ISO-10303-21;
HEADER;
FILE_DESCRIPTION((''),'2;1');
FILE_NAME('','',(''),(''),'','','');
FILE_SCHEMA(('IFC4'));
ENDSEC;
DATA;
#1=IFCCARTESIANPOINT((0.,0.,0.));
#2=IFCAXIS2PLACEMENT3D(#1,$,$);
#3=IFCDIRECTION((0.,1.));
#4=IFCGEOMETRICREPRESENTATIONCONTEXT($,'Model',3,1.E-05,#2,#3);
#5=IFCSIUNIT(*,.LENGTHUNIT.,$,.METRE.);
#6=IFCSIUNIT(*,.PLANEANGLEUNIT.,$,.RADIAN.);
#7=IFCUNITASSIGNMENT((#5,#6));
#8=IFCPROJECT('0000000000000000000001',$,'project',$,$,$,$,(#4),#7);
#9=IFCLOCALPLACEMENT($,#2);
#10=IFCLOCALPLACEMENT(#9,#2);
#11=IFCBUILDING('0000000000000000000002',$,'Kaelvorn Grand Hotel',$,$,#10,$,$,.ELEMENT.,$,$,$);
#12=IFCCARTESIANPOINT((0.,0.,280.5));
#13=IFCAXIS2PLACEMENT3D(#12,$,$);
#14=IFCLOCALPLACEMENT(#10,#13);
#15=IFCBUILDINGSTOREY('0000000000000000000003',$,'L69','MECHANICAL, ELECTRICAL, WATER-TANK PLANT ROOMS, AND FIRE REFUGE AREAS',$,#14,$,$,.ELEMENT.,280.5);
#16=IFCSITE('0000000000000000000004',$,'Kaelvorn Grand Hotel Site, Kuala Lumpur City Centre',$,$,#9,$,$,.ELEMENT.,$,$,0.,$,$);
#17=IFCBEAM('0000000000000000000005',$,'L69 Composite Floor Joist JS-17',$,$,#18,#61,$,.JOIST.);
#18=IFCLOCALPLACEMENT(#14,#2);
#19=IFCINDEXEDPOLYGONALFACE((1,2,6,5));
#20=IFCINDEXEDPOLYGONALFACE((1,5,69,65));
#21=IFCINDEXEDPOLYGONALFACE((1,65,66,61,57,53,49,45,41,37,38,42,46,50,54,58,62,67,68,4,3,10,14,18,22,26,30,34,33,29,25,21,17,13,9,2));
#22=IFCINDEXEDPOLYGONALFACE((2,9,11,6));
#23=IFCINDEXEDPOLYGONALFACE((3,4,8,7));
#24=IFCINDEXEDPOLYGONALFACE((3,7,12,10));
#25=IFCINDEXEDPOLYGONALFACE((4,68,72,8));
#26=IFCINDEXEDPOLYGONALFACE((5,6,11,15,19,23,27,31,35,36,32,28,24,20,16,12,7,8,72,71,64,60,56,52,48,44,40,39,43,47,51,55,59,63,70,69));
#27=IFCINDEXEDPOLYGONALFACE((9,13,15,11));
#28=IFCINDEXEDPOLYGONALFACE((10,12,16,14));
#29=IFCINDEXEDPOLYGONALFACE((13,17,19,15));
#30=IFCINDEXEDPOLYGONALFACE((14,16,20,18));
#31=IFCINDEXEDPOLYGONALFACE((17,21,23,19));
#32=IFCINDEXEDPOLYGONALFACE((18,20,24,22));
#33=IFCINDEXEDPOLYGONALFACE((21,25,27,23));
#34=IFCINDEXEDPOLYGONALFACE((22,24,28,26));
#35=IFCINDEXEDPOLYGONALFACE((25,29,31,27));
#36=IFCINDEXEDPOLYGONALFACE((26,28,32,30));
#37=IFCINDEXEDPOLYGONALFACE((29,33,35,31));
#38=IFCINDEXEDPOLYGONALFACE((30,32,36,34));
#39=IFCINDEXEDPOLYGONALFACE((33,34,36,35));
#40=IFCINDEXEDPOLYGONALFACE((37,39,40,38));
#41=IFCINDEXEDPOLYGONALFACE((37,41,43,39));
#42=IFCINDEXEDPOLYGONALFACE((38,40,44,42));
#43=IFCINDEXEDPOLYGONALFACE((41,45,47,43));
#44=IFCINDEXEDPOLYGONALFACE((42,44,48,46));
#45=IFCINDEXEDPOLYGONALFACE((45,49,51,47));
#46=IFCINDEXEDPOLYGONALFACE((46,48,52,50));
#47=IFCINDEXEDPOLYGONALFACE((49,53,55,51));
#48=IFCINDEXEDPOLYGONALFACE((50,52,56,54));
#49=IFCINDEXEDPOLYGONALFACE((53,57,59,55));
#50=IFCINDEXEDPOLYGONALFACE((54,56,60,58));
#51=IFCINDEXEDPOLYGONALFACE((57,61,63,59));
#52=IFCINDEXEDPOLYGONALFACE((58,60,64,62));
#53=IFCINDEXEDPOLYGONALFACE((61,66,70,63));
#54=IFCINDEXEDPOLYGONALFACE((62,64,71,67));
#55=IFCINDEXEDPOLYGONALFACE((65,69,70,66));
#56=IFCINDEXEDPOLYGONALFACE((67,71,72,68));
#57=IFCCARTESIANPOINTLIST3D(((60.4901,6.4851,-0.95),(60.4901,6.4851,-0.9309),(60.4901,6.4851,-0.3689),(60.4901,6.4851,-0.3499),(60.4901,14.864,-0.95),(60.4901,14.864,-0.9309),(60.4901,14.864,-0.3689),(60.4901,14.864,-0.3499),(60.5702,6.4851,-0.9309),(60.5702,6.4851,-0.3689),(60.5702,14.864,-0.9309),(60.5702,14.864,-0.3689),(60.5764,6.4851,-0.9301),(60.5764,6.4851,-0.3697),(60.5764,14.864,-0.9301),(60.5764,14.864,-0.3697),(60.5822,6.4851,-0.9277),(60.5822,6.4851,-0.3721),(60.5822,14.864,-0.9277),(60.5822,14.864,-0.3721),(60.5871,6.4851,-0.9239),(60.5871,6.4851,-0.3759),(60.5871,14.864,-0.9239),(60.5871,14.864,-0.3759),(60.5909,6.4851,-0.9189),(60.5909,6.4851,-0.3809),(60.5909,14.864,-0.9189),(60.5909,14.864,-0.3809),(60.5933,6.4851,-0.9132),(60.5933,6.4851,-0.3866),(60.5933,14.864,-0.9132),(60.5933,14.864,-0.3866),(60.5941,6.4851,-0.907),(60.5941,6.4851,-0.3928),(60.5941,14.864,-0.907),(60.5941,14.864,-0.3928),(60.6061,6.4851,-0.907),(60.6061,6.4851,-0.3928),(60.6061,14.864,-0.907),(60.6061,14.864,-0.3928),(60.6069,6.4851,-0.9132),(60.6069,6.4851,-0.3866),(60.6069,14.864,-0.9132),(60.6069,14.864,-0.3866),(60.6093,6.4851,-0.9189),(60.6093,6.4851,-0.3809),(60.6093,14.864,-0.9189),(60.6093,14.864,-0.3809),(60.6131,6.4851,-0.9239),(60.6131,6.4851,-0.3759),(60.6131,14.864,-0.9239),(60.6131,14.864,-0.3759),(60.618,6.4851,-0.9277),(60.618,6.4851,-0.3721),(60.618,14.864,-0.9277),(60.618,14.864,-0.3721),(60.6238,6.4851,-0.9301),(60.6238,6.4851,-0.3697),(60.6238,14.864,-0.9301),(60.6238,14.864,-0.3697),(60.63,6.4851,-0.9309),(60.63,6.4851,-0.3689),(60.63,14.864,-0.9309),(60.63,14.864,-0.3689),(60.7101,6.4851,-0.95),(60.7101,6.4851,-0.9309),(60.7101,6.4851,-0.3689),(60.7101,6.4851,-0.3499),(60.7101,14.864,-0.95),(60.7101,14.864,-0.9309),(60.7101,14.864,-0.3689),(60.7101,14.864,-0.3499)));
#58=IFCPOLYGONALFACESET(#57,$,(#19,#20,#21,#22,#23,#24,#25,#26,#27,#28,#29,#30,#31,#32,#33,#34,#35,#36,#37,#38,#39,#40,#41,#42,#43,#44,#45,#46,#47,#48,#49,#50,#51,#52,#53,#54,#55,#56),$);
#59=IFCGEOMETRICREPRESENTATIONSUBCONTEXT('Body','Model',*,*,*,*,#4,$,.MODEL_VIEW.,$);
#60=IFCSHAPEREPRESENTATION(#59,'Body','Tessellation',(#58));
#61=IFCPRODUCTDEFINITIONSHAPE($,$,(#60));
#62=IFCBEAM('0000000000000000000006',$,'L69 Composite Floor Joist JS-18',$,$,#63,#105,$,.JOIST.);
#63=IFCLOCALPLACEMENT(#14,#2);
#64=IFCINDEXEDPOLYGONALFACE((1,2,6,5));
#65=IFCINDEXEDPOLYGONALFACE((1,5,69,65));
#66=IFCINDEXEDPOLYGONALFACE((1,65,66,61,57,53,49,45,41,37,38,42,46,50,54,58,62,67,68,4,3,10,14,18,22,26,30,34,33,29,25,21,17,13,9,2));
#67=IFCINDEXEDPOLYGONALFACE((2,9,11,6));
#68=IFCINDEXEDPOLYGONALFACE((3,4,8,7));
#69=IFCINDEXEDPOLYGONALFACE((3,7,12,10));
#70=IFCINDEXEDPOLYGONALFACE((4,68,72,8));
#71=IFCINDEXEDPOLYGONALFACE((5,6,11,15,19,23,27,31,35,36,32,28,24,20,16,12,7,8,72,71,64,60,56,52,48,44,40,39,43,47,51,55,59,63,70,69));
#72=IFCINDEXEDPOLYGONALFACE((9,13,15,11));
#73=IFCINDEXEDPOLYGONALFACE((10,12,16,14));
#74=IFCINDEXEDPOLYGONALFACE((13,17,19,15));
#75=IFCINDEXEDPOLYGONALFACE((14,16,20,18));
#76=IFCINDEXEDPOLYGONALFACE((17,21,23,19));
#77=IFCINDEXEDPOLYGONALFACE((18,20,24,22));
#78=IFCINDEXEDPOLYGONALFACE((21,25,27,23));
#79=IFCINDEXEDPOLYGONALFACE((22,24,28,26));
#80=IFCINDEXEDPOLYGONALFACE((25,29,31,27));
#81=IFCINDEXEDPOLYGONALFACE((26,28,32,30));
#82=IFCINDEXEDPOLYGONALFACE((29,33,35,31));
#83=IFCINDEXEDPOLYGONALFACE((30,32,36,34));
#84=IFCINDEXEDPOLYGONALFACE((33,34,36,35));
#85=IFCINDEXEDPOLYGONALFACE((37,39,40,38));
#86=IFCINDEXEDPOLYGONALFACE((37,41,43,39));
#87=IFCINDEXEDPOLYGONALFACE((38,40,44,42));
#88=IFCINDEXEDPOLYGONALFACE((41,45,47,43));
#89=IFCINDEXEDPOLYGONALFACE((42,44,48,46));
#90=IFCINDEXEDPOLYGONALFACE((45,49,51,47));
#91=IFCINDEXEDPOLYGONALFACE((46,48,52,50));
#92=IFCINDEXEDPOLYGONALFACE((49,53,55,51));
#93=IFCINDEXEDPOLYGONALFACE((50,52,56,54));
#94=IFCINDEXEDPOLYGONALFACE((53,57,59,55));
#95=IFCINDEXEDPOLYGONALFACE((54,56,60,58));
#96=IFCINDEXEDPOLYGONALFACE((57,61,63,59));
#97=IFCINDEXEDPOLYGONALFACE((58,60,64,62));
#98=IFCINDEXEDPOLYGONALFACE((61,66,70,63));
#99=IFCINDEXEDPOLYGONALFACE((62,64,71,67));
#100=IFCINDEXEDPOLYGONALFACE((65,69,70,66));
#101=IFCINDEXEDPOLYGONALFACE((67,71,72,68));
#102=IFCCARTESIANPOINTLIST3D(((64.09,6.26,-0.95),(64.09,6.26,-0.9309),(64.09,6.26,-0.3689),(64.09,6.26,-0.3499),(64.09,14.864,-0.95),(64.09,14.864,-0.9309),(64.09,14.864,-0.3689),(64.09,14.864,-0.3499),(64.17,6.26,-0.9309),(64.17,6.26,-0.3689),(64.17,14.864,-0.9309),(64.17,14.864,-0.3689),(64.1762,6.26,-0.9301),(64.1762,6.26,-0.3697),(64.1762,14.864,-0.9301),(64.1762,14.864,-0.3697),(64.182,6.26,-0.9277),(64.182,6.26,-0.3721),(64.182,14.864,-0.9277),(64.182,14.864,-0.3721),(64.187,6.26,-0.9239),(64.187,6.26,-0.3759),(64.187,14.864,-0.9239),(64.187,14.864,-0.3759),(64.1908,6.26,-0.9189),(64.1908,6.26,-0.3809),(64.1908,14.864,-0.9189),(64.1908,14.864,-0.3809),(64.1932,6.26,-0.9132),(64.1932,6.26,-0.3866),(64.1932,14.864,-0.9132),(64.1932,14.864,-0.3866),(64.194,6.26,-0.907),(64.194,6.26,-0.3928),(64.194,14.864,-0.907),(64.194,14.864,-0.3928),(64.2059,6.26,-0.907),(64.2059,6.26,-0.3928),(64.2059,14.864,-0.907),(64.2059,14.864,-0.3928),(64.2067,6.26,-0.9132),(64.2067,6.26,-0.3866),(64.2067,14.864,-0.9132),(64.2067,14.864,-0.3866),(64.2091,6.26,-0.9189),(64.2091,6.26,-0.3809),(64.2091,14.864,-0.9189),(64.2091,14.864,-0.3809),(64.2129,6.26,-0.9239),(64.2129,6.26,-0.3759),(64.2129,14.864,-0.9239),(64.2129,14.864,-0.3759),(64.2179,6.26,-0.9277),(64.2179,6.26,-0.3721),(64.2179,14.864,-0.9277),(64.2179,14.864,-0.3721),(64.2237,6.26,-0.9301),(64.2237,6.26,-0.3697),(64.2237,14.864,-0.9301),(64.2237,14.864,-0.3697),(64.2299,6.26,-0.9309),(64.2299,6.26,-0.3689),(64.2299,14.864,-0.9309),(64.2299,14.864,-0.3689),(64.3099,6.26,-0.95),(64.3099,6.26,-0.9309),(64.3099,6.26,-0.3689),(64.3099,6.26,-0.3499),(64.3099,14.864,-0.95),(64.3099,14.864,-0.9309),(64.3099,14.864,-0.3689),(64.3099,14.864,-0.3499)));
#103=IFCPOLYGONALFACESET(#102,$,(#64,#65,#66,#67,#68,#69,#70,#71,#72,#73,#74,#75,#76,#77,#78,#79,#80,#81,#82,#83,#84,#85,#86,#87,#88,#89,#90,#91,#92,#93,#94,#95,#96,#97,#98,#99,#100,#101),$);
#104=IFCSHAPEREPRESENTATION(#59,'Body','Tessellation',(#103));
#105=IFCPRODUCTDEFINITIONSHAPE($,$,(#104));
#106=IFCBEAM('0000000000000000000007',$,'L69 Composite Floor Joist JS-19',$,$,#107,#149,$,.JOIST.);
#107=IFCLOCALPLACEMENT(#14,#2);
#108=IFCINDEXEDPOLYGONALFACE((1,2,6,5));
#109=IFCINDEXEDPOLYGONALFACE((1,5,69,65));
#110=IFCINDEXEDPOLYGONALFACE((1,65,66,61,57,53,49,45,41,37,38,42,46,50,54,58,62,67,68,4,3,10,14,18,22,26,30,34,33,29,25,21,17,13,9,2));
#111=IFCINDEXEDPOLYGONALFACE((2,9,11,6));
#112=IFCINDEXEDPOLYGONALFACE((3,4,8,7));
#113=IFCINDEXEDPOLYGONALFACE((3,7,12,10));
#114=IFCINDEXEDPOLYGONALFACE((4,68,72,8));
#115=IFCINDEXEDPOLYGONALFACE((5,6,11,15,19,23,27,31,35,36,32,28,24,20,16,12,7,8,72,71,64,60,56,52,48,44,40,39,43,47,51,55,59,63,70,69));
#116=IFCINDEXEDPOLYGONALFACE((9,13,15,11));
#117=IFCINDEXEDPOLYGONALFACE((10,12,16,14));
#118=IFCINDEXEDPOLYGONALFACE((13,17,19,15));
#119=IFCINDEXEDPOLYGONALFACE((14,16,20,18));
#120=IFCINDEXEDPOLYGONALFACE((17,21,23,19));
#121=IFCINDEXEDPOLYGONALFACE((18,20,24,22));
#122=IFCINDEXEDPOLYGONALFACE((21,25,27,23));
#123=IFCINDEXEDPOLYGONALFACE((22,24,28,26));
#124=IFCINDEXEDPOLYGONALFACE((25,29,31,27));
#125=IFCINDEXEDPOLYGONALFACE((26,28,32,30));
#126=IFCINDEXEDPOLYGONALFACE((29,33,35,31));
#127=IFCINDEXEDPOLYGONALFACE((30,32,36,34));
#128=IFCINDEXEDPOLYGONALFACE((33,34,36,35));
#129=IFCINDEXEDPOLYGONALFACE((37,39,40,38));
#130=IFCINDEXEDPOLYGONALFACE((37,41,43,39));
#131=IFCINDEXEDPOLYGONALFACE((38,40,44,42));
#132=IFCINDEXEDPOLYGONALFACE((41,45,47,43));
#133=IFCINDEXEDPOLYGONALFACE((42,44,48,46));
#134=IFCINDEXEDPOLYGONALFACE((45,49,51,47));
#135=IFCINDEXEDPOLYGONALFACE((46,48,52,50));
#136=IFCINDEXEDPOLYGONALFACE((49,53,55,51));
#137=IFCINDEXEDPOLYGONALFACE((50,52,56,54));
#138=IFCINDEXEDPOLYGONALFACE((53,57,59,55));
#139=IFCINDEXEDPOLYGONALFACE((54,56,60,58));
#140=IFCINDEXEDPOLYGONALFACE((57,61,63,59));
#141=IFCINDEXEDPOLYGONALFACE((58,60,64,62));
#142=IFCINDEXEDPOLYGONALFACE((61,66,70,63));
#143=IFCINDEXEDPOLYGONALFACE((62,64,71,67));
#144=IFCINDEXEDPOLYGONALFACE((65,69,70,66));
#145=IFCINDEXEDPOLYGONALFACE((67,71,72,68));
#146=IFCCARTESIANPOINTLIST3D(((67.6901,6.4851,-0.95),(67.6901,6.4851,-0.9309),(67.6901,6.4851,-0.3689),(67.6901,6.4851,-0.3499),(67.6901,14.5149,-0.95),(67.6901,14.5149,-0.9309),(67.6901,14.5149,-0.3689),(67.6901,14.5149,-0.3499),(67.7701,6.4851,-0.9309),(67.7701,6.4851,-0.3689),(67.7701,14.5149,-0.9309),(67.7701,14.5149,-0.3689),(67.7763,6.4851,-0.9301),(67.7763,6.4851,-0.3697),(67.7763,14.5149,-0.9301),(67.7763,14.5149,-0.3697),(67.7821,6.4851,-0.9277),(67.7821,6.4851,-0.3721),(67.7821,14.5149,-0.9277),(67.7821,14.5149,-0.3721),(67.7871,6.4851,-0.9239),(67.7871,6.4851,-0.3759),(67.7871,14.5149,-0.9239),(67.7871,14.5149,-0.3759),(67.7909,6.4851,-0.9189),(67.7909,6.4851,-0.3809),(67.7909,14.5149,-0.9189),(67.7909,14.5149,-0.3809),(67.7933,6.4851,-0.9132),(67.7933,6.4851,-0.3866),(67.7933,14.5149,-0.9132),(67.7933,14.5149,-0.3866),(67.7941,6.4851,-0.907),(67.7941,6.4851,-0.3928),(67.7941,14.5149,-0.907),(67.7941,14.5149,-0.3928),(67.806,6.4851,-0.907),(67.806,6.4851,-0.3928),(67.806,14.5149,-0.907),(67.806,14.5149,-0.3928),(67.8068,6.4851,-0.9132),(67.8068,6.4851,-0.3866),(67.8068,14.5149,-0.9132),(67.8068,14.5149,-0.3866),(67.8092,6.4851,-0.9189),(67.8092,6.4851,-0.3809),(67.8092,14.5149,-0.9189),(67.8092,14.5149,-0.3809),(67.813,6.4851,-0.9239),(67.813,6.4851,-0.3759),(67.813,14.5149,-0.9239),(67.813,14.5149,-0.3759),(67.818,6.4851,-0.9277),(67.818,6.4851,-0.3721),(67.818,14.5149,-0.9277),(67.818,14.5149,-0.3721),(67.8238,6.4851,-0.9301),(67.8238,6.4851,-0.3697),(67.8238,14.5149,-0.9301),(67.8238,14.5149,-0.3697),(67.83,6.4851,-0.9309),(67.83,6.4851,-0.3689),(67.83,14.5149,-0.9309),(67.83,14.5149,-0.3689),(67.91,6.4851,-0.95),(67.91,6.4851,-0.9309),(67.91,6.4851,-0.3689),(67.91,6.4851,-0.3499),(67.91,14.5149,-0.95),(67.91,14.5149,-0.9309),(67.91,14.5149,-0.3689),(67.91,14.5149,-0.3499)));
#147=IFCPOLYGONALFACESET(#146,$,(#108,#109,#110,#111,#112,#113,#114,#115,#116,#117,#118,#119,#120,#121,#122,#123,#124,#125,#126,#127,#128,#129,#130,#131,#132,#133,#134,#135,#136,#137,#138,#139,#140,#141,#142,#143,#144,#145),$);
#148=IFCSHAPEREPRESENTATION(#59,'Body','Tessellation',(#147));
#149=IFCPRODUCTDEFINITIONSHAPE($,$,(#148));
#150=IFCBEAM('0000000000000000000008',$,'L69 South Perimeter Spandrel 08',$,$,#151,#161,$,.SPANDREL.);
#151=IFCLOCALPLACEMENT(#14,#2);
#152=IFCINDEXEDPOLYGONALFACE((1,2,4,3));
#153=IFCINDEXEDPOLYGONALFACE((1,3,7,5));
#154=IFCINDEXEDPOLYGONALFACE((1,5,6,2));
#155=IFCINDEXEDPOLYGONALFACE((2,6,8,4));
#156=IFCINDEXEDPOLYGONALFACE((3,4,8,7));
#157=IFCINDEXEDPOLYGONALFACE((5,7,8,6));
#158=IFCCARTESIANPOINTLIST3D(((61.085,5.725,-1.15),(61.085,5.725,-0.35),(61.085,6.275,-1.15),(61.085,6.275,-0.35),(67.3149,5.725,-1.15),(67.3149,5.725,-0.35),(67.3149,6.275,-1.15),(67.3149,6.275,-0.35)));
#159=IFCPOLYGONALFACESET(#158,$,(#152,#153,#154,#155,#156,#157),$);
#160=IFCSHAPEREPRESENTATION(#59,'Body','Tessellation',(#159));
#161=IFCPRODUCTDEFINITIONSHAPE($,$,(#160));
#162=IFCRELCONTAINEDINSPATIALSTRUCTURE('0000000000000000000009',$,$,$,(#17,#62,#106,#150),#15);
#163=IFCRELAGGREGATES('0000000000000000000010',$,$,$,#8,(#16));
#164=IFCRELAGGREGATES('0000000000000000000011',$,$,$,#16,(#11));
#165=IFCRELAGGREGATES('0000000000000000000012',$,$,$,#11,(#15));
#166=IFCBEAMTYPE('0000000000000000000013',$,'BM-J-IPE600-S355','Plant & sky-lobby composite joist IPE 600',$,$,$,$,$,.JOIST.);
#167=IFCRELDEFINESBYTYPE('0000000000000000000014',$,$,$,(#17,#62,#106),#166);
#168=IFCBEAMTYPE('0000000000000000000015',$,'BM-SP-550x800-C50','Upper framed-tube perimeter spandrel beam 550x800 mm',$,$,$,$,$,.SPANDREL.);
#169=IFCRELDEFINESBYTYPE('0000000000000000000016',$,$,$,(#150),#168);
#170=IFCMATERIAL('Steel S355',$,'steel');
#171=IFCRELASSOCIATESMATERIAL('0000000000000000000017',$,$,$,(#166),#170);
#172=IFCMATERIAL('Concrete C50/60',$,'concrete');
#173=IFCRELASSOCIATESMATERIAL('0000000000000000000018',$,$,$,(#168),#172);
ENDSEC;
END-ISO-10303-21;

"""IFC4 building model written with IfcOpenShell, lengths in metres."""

from ifc_helpers import new_model, si_unit, direction, frame, origin, origin_2d, place, context, subcontext, project, spatial, rectangle, i_section, extrude, material, material_profile, profile_set, type_object, element, save


model = new_model("IFC4")

# Units and contexts
model_context = context("Model", 3, precision=1e-05, world=origin(), true_north=direction((0.0, 1.0)))
body_context = subcontext(model_context, "Body", "Model", "MODEL_VIEW")
ifc_project = project(units=[si_unit("LENGTHUNIT", "METRE"), si_unit("PLANEANGLEUNIT", "RADIAN")], contexts=[model_context])

# Site, building, storey
site_placement = place(None, origin())
site = spatial("IfcSite", under=ifc_project, at=site_placement, Name="Kaelvorn Grand Hotel Site, Kuala Lumpur City Centre", CompositionType="ELEMENT", RefElevation=0.0)
building_placement = place(site_placement, origin())
building = spatial("IfcBuilding", under=site, at=building_placement, Name="Kaelvorn Grand Hotel", CompositionType="ELEMENT")
storey_placement = place(building_placement, frame((0.0, 0.0, 280.5)))
storey = spatial("IfcBuildingStorey", under=building, at=storey_placement, Name="L69", Description="MECHANICAL, ELECTRICAL, WATER-TANK PLANT ROOMS, AND FIRE REFUGE AREAS", CompositionType="ELEMENT", Elevation=280.5)

# Shared definitions
ifc_material_1 = material(Name="Concrete C50/60", Category="concrete")

# Beams
ifc_material_2 = material(Name="Steel S355", Category="steel")
ifc_material_profile_1 = material_profile(ifc_material_2, i_section(OverallWidth=0.22, OverallDepth=0.6001, WebThickness=0.012, FlangeThickness=0.019, FilletRadius=0.0239, at=origin_2d()), Name="IPE 600")
ifc_profile_set_1 = profile_set([ifc_material_profile_1], Name="Steel S355")
beam_type_1 = type_object("IfcBeamType", Name="BM-J-IPE600-S355", Description="Plant & sky-lobby composite joist IPE 600", PredefinedType="JOIST", material=ifc_profile_set_1)
beam_1_placement = place(storey_placement, frame((60.6001, 6.4851, -0.6499), z_axis=(0.0, 1.0, 0.0), x_axis=(-1.0, 0.0, 0.0)))
element("IfcBeam", 1, at=beam_1_placement, inside=storey, type_object=beam_type_1, Name="L69 Composite Floor Joist JS-17", PredefinedType="JOIST", context=body_context, shape_type="SweptSolid", body=[
    extrude(i_section(OverallWidth=0.22, OverallDepth=0.6001, WebThickness=0.012, FlangeThickness=0.019, FilletRadius=0.0239, at=origin_2d()), origin(), (0.0, 0.0, 1.0), 8.3789),
])
beam_2_placement = place(storey_placement, frame((64.2, 6.26, -0.6499), z_axis=(0.0, 1.0, 0.0), x_axis=(-1.0, 0.0, 0.0)))
element("IfcBeam", 2, at=beam_2_placement, inside=storey, type_object=beam_type_1, Name="L69 Composite Floor Joist JS-18", PredefinedType="JOIST", context=body_context, shape_type="SweptSolid", body=[
    extrude(i_section(OverallWidth=0.22, OverallDepth=0.6001, WebThickness=0.012, FlangeThickness=0.019, FilletRadius=0.0239, at=origin_2d()), origin(), (0.0, 0.0, 1.0), 8.604),
])
beam_3_placement = place(storey_placement, frame((67.8, 6.4851, -0.6499), z_axis=(0.0, 1.0, 0.0), x_axis=(-1.0, 0.0, 0.0)))
element("IfcBeam", 3, at=beam_3_placement, inside=storey, type_object=beam_type_1, Name="L69 Composite Floor Joist JS-19", PredefinedType="JOIST", context=body_context, shape_type="SweptSolid", body=[
    extrude(i_section(OverallWidth=0.22, OverallDepth=0.6001, WebThickness=0.012, FlangeThickness=0.019, FilletRadius=0.0239, at=origin_2d()), origin(), (0.0, 0.0, 1.0), 8.0298),
])
ifc_material_profile_2 = material_profile(ifc_material_1, rectangle(XDim=0.55, YDim=0.8, at=origin_2d()), Name="RC SPANDREL 550x800")
ifc_profile_set_2 = profile_set([ifc_material_profile_2], Name="Concrete C50/60")
beam_type_2 = type_object("IfcBeamType", Name="BM-SP-550x800-C50", Description="Upper framed-tube perimeter spandrel beam 550x800 mm", PredefinedType="SPANDREL", material=ifc_profile_set_2)
beam_4_placement = place(storey_placement, frame((61.085, 6.0, -0.75), z_axis=(1.0, 0.0, 0.0), x_axis=(0.0, 1.0, 0.0)))
element("IfcBeam", 4, at=beam_4_placement, inside=storey, type_object=beam_type_2, Name="L69 South Perimeter Spandrel 08", PredefinedType="SPANDREL", context=body_context, shape_type="SweptSolid", body=[
    extrude(rectangle(XDim=0.55, YDim=0.8, at=origin_2d()), origin(), (0.0, 0.0, 1.0), 6.23),
])

save(model, "model.ifc")
